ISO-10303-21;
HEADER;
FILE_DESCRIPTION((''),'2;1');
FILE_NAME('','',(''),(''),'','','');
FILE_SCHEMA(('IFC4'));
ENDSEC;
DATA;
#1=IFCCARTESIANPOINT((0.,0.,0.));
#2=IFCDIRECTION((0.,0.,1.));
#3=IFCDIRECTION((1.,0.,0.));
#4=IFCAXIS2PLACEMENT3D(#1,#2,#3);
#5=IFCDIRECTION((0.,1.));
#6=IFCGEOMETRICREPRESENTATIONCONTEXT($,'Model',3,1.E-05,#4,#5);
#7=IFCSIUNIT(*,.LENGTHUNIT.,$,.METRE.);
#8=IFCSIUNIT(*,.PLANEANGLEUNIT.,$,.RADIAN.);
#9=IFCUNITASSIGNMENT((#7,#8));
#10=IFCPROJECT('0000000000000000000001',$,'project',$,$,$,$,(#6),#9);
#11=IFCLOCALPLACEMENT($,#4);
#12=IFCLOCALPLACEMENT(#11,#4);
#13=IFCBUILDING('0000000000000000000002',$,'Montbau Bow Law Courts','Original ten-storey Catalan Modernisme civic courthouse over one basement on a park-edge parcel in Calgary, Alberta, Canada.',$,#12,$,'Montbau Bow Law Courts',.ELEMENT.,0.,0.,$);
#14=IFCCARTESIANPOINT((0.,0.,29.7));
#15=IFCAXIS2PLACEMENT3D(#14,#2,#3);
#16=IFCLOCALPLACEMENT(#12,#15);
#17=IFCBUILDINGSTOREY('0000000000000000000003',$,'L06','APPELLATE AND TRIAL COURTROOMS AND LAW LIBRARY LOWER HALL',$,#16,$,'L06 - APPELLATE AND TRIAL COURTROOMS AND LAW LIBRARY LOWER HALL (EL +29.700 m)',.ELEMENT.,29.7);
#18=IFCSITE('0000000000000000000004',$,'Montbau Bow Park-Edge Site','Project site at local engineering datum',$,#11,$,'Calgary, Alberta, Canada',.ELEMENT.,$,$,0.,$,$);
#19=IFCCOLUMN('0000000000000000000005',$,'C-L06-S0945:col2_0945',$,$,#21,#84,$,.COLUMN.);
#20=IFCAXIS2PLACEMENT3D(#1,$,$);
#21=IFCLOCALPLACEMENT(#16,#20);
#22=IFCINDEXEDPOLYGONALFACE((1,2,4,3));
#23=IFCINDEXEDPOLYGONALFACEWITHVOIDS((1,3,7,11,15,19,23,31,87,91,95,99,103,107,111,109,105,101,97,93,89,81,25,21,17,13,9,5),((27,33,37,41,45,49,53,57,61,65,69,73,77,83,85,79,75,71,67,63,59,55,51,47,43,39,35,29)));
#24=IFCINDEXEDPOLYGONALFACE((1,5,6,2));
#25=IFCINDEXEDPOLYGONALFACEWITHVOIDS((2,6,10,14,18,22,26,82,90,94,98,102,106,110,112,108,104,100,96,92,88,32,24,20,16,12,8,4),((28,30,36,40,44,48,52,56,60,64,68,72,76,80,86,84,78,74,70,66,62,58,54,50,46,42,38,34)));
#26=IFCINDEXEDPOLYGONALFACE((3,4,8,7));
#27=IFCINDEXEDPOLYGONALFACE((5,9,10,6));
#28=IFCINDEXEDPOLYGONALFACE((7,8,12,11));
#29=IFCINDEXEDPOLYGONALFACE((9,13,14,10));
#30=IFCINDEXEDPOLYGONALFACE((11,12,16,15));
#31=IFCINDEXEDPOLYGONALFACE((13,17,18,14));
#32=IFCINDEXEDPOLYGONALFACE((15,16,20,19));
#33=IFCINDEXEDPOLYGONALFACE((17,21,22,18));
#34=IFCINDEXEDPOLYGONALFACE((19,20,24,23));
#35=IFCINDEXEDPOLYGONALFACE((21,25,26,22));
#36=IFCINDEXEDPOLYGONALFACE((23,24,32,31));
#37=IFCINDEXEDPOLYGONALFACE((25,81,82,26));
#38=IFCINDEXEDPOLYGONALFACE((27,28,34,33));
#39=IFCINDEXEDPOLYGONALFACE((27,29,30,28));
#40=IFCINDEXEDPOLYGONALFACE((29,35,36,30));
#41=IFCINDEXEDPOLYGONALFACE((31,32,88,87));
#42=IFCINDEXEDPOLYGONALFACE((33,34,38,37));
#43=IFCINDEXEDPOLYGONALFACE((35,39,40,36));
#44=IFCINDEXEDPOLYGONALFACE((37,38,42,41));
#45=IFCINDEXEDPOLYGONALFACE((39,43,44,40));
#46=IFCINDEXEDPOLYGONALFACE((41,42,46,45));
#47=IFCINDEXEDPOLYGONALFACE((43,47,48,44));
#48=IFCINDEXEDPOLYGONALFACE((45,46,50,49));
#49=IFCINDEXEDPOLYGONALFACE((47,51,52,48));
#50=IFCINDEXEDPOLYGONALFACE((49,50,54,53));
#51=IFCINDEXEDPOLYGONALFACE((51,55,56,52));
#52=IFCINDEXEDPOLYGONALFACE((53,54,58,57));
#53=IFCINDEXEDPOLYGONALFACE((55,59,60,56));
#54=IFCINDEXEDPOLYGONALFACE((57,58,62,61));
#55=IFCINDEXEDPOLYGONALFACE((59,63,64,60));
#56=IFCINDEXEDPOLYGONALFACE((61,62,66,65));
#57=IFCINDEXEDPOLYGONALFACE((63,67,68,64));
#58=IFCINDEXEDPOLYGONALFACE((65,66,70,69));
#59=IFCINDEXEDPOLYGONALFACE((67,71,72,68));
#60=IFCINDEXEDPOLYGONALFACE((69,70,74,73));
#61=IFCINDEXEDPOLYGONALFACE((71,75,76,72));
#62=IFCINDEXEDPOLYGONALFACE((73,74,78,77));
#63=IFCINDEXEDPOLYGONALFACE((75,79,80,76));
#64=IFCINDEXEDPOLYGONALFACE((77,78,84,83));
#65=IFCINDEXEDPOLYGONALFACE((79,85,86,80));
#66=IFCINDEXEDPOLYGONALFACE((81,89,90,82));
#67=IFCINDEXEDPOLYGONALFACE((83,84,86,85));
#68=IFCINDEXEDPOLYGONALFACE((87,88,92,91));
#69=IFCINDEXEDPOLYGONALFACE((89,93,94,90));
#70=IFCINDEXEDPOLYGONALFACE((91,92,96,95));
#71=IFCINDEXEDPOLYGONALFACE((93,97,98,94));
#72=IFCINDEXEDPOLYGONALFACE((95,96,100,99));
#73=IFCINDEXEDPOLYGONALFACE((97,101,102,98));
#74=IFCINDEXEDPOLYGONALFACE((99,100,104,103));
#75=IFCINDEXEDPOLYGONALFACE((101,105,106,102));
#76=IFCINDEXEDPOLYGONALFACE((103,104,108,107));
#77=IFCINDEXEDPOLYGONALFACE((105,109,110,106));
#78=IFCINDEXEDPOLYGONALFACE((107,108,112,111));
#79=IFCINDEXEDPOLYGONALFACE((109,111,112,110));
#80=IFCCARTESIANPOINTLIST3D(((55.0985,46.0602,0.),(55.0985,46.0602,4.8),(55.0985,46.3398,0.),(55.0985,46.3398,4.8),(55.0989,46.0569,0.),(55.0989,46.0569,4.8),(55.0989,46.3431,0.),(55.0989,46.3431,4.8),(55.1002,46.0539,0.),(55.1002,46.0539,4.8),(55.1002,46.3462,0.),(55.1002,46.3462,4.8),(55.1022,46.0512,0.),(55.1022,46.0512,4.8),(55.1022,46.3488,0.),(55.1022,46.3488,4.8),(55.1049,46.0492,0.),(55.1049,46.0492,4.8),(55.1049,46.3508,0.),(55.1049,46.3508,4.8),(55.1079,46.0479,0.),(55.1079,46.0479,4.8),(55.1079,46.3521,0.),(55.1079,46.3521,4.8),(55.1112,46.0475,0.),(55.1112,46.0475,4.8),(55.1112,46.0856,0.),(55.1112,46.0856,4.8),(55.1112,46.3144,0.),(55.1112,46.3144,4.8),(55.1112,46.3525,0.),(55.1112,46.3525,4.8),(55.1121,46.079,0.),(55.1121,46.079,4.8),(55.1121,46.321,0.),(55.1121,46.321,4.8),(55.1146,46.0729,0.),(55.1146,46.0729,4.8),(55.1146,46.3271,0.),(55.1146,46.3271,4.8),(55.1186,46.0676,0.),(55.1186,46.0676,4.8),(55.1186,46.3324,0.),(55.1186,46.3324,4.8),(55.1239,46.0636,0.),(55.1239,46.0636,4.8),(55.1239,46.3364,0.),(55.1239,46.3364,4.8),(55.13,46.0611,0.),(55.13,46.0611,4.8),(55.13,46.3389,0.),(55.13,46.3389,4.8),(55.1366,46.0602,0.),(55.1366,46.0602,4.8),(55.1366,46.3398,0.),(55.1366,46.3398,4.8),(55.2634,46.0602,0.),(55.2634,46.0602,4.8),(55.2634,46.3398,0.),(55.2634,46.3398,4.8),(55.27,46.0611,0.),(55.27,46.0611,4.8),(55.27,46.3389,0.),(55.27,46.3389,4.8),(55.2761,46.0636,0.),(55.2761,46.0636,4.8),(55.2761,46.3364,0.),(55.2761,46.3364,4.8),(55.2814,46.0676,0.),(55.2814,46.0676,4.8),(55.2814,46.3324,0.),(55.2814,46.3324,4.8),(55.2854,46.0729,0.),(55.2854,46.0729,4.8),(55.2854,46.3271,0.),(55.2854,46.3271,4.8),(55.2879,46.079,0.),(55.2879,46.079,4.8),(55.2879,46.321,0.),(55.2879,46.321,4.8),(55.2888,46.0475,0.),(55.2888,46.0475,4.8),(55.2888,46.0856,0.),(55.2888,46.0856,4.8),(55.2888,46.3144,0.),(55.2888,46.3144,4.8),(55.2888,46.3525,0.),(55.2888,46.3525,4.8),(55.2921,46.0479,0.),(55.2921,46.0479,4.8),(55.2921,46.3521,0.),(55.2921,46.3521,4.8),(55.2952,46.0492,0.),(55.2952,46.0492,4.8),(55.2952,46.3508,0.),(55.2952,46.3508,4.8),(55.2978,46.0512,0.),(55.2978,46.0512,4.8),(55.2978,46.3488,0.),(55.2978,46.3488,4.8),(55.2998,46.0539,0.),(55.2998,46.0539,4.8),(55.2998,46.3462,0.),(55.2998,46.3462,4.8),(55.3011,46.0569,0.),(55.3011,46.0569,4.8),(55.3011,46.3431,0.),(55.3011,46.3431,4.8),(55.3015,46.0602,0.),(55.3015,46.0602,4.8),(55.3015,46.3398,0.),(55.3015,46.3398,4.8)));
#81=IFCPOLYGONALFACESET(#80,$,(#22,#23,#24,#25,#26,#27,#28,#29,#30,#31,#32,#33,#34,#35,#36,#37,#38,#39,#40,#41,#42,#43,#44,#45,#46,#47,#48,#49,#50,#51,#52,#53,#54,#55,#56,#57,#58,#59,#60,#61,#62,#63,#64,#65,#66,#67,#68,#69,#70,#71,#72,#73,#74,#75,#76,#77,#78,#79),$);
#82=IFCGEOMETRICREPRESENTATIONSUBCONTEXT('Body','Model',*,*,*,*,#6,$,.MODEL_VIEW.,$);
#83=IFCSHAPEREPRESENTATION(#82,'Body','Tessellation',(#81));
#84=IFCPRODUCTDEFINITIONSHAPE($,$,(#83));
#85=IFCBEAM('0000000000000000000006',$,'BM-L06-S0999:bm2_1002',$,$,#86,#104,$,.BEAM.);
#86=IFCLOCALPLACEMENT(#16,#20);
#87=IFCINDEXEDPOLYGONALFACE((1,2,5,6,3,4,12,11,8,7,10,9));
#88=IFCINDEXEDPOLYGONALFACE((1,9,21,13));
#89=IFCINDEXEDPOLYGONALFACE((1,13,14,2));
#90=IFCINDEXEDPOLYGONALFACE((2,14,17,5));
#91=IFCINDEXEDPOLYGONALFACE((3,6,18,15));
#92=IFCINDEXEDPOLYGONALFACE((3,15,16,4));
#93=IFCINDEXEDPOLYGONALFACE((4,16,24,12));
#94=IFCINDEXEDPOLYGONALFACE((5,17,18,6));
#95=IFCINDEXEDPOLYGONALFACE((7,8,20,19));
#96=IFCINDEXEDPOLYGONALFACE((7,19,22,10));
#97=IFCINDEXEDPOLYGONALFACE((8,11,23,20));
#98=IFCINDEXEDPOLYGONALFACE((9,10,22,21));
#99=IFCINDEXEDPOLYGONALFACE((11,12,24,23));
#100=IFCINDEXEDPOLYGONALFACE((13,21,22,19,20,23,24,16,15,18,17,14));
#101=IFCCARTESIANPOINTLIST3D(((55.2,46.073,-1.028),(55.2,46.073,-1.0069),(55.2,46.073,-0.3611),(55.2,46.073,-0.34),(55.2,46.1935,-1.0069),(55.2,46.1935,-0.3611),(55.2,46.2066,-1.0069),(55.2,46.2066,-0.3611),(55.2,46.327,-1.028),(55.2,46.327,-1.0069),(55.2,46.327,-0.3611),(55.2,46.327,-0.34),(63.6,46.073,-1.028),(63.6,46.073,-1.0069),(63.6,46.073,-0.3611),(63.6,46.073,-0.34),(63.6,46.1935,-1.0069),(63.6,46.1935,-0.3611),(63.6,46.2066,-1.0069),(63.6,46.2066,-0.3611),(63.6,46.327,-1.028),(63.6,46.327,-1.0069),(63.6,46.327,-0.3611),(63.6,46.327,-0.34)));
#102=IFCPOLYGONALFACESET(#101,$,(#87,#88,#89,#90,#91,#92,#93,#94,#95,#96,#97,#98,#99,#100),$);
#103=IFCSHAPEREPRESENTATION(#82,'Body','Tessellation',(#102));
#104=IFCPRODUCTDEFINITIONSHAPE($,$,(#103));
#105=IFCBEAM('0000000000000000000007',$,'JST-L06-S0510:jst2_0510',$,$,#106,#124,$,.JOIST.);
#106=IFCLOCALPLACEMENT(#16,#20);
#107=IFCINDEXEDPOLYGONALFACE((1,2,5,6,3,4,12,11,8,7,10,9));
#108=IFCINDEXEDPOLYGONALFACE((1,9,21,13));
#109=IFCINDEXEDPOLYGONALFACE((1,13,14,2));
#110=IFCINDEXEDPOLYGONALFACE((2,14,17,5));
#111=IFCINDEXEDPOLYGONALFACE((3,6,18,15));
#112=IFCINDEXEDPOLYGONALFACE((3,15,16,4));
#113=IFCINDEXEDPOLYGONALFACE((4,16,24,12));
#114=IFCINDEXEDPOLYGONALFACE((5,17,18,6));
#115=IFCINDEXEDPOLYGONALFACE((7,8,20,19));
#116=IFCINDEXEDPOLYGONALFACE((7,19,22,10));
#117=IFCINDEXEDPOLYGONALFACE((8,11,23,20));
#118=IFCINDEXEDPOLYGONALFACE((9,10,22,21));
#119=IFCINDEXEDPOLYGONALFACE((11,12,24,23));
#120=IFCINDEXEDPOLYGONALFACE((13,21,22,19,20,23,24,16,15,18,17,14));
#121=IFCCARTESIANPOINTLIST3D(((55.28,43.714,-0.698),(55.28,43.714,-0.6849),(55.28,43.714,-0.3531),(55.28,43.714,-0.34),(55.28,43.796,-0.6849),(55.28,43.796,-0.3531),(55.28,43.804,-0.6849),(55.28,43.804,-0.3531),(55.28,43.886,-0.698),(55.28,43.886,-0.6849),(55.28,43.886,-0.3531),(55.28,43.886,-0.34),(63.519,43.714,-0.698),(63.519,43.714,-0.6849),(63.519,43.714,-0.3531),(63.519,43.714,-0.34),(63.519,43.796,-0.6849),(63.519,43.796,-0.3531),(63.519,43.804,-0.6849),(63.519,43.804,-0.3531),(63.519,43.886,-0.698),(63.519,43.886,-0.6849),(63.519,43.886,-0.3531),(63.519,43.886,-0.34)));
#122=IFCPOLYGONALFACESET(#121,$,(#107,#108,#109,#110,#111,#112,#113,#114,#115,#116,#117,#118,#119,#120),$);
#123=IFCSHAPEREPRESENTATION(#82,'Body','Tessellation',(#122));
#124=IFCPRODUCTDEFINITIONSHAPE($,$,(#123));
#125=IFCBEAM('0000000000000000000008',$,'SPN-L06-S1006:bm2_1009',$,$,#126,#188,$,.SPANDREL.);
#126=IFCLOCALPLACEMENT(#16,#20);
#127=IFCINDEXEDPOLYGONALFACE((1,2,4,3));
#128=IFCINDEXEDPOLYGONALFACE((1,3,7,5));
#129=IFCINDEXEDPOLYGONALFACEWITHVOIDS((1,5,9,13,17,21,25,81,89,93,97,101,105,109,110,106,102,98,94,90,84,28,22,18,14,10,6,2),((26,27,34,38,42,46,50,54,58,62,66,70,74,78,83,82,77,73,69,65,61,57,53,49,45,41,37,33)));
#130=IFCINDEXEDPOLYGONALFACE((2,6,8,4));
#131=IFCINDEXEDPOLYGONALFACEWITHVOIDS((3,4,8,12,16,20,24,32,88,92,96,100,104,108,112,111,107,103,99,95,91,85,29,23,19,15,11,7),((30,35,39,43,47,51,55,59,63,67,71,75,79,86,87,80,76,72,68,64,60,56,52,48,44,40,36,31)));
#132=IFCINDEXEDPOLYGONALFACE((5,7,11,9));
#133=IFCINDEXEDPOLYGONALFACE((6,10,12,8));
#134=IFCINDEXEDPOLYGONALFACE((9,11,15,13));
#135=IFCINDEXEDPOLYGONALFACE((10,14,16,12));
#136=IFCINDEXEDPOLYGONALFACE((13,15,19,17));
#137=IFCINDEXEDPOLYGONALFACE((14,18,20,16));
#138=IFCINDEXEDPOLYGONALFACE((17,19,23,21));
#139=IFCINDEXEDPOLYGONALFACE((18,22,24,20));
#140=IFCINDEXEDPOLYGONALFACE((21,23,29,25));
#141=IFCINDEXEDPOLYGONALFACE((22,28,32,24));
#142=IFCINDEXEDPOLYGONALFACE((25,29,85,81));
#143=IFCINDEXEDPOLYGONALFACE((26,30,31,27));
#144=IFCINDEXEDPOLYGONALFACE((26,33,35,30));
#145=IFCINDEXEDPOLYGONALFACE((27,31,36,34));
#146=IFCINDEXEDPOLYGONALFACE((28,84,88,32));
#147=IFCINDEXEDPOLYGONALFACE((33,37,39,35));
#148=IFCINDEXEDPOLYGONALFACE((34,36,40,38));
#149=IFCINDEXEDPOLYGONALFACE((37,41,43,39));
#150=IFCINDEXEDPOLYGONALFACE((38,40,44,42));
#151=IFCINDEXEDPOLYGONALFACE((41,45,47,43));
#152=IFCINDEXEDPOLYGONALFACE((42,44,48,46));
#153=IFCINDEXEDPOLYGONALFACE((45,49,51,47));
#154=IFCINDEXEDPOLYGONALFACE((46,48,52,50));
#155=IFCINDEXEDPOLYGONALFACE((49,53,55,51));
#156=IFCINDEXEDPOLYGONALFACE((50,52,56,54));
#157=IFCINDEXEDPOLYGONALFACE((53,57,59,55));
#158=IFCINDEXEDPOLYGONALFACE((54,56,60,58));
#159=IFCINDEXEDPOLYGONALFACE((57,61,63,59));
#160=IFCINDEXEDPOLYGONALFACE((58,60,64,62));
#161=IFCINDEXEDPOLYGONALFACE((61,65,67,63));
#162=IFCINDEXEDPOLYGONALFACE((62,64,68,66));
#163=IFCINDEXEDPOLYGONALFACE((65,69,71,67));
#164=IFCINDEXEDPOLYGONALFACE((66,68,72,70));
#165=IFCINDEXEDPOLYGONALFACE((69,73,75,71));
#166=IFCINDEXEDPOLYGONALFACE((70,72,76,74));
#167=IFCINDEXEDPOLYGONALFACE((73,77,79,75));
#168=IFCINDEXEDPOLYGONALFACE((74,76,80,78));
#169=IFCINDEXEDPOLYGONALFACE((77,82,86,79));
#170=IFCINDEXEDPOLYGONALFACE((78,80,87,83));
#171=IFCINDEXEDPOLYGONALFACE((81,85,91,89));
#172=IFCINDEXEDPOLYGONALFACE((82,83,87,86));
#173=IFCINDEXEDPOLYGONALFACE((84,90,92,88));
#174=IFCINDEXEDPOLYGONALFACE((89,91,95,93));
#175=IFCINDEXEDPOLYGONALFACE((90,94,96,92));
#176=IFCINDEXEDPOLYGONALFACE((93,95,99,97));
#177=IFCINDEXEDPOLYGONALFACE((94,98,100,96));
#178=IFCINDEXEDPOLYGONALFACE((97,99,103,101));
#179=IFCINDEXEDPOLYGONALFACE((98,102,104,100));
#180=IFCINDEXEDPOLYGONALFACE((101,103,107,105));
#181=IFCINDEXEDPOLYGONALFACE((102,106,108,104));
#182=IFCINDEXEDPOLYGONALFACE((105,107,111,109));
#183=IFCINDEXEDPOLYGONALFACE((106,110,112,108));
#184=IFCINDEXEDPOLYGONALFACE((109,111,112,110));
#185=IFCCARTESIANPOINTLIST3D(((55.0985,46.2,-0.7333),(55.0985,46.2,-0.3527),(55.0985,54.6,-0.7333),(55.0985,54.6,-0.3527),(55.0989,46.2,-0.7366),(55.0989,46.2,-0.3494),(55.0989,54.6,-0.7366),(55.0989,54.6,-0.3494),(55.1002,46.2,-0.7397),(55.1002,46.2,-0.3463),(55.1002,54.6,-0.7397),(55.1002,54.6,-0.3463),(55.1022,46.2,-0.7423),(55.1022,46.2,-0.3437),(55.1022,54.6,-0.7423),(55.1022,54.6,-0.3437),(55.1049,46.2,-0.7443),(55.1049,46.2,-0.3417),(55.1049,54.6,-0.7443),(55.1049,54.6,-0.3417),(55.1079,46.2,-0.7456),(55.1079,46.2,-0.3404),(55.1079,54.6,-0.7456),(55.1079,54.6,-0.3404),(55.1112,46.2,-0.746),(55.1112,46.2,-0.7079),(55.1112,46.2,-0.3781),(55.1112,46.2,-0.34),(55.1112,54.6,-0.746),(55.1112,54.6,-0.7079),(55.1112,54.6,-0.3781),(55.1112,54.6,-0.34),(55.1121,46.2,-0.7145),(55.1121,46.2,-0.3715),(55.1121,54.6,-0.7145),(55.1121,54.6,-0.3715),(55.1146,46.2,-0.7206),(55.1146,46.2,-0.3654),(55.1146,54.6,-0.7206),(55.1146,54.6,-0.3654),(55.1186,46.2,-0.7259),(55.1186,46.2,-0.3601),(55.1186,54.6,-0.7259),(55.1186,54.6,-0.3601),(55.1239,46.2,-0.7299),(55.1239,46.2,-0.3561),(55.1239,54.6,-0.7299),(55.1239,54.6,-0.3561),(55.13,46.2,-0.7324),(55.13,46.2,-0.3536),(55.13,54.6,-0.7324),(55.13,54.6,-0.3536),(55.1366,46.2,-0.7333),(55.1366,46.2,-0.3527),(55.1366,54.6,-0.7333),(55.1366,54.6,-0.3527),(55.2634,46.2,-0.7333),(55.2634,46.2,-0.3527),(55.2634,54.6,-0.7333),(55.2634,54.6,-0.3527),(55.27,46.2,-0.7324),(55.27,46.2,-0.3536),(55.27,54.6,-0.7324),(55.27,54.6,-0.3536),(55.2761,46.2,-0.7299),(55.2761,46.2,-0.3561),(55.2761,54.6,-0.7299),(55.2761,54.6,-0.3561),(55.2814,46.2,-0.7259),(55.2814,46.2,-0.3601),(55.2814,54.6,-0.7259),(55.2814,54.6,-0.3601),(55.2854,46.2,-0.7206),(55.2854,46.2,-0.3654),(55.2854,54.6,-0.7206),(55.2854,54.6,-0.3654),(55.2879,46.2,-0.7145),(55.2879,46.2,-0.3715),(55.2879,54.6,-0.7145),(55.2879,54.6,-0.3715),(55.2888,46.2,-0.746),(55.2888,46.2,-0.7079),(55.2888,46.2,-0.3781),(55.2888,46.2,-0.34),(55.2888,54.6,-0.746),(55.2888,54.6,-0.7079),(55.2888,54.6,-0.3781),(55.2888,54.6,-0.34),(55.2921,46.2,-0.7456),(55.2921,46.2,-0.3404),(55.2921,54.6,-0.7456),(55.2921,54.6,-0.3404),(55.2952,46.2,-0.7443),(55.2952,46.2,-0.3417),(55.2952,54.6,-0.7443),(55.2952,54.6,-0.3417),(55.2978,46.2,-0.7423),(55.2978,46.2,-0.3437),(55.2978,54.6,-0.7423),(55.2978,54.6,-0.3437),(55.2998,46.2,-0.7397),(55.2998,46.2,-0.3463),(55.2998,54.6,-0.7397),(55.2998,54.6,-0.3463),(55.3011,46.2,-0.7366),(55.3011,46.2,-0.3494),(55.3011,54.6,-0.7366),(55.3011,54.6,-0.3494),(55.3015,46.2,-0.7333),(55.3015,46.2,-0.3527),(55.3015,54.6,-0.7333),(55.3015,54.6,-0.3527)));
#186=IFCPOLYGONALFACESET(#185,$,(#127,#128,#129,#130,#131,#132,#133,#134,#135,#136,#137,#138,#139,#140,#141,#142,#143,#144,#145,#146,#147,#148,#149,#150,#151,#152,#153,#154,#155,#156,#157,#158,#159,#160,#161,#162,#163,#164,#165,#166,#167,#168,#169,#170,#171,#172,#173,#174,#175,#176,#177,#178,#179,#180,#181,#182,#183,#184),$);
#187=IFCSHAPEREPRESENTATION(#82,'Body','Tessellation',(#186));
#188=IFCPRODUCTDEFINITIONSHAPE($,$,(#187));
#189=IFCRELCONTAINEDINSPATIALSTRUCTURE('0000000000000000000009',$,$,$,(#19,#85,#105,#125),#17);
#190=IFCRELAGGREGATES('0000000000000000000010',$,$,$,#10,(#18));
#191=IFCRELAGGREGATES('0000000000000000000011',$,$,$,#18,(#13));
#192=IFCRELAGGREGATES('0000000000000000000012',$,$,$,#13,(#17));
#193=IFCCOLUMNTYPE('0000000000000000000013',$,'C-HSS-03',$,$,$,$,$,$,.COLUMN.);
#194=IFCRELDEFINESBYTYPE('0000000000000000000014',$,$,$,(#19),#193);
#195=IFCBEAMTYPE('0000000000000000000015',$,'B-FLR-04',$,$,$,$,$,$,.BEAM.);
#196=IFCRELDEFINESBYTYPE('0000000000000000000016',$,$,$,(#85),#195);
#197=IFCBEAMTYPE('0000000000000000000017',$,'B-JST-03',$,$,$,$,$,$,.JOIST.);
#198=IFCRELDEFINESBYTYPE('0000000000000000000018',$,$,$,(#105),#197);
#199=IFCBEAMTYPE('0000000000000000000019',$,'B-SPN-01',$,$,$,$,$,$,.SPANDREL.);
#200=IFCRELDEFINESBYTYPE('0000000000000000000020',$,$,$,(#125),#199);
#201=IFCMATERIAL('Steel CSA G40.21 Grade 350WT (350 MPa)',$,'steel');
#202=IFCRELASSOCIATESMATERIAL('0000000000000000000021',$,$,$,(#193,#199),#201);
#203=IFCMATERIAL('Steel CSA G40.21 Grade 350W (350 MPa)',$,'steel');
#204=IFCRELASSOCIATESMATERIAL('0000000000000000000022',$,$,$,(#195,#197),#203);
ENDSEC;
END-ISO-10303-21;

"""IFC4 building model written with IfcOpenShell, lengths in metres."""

from ifc_helpers import new_model, si_unit, direction, frame, origin_with_axes, origin_2d_with_axis, place, context, subcontext, project, spatial, hollow_rectangle, i_section, extrude, material, material_profile, profile_set, type_object, element, save


model = new_model("IFC4")

# Units and contexts
model_context = context("Model", 3, precision=1e-05, world=origin_with_axes(), true_north=direction((0.0, 1.0)))
body_context = subcontext(model_context, "Body", "Model", "MODEL_VIEW")
ifc_project = project(units=[si_unit("LENGTHUNIT", "METRE"), si_unit("PLANEANGLEUNIT", "RADIAN")], contexts=[model_context])

# Site, building, storey
site_placement = place(None, origin_with_axes())
site = spatial("IfcSite", under=ifc_project, at=site_placement, Name="Montbau Bow Park-Edge Site", Description="Project site at local engineering datum", LongName="Calgary, Alberta, Canada", CompositionType="ELEMENT", RefElevation=0.0)
building_placement = place(site_placement, origin_with_axes())
building = spatial("IfcBuilding", under=site, at=building_placement, Name="Montbau Bow Law Courts", Description="Original ten-storey Catalan Modernisme civic courthouse over one basement on a park-edge parcel in Calgary, Alberta, Canada.", LongName="Montbau Bow Law Courts", CompositionType="ELEMENT", ElevationOfRefHeight=0.0, ElevationOfTerrain=0.0)
storey_placement = place(building_placement, frame((0.0, 0.0, 29.7), z_axis=(0.0, 0.0, 1.0), x_axis=(1.0, 0.0, 0.0)))
storey = spatial("IfcBuildingStorey", under=building, at=storey_placement, Name="L06", Description="APPELLATE AND TRIAL COURTROOMS AND LAW LIBRARY LOWER HALL", LongName="L06 - APPELLATE AND TRIAL COURTROOMS AND LAW LIBRARY LOWER HALL (EL +29.700 m)", CompositionType="ELEMENT", Elevation=29.7)

# Column
ifc_material_1 = material(Name="Steel CSA G40.21 Grade 350WT (350 MPa)", Category="steel")
ifc_material_profile_1 = material_profile(ifc_material_1, hollow_rectangle(XDim=0.203, YDim=0.305, WallThickness=0.0127, InnerFilletRadius=0.0254, OuterFilletRadius=0.0127, at=origin_2d_with_axis()), Name="HSS305X203X13", Category="Main", Priority=0)
ifc_profile_set_1 = profile_set([ifc_material_profile_1], Name="Steel CSA G40.21 Grade 350WT (350 MPa)")
column_type = type_object("IfcColumnType", Name="C-HSS-03", PredefinedType="COLUMN", material=ifc_profile_set_1)
column_placement = place(None, frame((55.2, 46.2, 29.7), z_axis=(0.0, 0.0, 1.0), x_axis=(1.0, 0.0, 0.0)))
element("IfcColumn", 1, at=column_placement, inside=storey, type_object=column_type, Name="C-L06-S0945:col2_0945", PredefinedType="COLUMN", context=body_context, shape_type="SweptSolid", body=[
    extrude(hollow_rectangle(XDim=0.203, YDim=0.305, WallThickness=0.0127, InnerFilletRadius=0.0254, OuterFilletRadius=0.0127, at=origin_2d_with_axis()), origin_with_axes(), (0.0, 0.0, 1.0), 4.8),
])

# Beams
ifc_material_2 = material(Name="Steel CSA G40.21 Grade 350W (350 MPa)", Category="steel")
ifc_material_profile_2 = material_profile(ifc_material_2, i_section(OverallWidth=0.254, OverallDepth=0.688, WebThickness=0.0131, FlangeThickness=0.0211, at=origin_2d_with_axis()), Name="W690X152", Category="Main", Priority=0)
ifc_profile_set_2 = profile_set([ifc_material_profile_2], Name="Steel CSA G40.21 Grade 350W (350 MPa)")
beam_type_1 = type_object("IfcBeamType", Name="B-FLR-04", PredefinedType="BEAM", material=ifc_profile_set_2)
beam_1_placement = place(None, frame((55.2, 46.2, 29.016), z_axis=(1.0, 0.0, 0.0), x_axis=(0.0, 1.0, 0.0)))
element("IfcBeam", 2, at=beam_1_placement, inside=storey, type_object=beam_type_1, Name="BM-L06-S0999:bm2_1002", PredefinedType="BEAM", context=body_context, shape_type="SweptSolid", body=[
    extrude(i_section(OverallWidth=0.254, OverallDepth=0.688, WebThickness=0.0131, FlangeThickness=0.0211, at=origin_2d_with_axis()), origin_with_axes(), (0.0, 0.0, 1.0), 8.4),
])
ifc_material_profile_3 = material_profile(ifc_material_2, i_section(OverallWidth=0.172, OverallDepth=0.358, WebThickness=0.0079, FlangeThickness=0.0131, at=origin_2d_with_axis()), Name="W360X57", Category="Main", Priority=0)
ifc_profile_set_3 = profile_set([ifc_material_profile_3], Name="Steel CSA G40.21 Grade 350W (350 MPa)")
beam_type_2 = type_object("IfcBeamType", Name="B-JST-03", PredefinedType="JOIST", material=ifc_profile_set_3)
beam_2_placement = place(None, frame((55.28, 43.8, 29.181), z_axis=(1.0, 0.0, 0.0), x_axis=(0.0, 1.0, 0.0)))
element("IfcBeam", 3, at=beam_2_placement, inside=storey, type_object=beam_type_2, Name="JST-L06-S0510:jst2_0510", PredefinedType="JOIST", context=body_context, shape_type="SweptSolid", body=[
    extrude(i_section(OverallWidth=0.172, OverallDepth=0.358, WebThickness=0.0079, FlangeThickness=0.0131, at=origin_2d_with_axis()), origin_with_axes(), (0.0, 0.0, 1.0), 8.239),
])
ifc_material_profile_4 = material_profile(ifc_material_1, hollow_rectangle(XDim=0.203, YDim=0.406, WallThickness=0.0127, InnerFilletRadius=0.0254, OuterFilletRadius=0.0127, at=origin_2d_with_axis()), Name="HSS406X203X13", Category="Main", Priority=0)
ifc_profile_set_4 = profile_set([ifc_material_profile_4], Name="Steel CSA G40.21 Grade 350WT (350 MPa)")
beam_type_3 = type_object("IfcBeamType", Name="B-SPN-01", PredefinedType="SPANDREL", material=ifc_profile_set_4)
beam_3_placement = place(None, frame((55.2, 46.2, 29.157), z_axis=(0.0, 1.0, 0.0), x_axis=(-1.0, 0.0, 0.0)))
element("IfcBeam", 4, at=beam_3_placement, inside=storey, type_object=beam_type_3, Name="SPN-L06-S1006:bm2_1009", PredefinedType="SPANDREL", context=body_context, shape_type="SweptSolid", body=[
    extrude(hollow_rectangle(XDim=0.203, YDim=0.406, WallThickness=0.0127, InnerFilletRadius=0.0254, OuterFilletRadius=0.0127, at=origin_2d_with_axis()), origin_with_axes(), (0.0, 0.0, 1.0), 8.4),
])

save(model, "model.ifc")
